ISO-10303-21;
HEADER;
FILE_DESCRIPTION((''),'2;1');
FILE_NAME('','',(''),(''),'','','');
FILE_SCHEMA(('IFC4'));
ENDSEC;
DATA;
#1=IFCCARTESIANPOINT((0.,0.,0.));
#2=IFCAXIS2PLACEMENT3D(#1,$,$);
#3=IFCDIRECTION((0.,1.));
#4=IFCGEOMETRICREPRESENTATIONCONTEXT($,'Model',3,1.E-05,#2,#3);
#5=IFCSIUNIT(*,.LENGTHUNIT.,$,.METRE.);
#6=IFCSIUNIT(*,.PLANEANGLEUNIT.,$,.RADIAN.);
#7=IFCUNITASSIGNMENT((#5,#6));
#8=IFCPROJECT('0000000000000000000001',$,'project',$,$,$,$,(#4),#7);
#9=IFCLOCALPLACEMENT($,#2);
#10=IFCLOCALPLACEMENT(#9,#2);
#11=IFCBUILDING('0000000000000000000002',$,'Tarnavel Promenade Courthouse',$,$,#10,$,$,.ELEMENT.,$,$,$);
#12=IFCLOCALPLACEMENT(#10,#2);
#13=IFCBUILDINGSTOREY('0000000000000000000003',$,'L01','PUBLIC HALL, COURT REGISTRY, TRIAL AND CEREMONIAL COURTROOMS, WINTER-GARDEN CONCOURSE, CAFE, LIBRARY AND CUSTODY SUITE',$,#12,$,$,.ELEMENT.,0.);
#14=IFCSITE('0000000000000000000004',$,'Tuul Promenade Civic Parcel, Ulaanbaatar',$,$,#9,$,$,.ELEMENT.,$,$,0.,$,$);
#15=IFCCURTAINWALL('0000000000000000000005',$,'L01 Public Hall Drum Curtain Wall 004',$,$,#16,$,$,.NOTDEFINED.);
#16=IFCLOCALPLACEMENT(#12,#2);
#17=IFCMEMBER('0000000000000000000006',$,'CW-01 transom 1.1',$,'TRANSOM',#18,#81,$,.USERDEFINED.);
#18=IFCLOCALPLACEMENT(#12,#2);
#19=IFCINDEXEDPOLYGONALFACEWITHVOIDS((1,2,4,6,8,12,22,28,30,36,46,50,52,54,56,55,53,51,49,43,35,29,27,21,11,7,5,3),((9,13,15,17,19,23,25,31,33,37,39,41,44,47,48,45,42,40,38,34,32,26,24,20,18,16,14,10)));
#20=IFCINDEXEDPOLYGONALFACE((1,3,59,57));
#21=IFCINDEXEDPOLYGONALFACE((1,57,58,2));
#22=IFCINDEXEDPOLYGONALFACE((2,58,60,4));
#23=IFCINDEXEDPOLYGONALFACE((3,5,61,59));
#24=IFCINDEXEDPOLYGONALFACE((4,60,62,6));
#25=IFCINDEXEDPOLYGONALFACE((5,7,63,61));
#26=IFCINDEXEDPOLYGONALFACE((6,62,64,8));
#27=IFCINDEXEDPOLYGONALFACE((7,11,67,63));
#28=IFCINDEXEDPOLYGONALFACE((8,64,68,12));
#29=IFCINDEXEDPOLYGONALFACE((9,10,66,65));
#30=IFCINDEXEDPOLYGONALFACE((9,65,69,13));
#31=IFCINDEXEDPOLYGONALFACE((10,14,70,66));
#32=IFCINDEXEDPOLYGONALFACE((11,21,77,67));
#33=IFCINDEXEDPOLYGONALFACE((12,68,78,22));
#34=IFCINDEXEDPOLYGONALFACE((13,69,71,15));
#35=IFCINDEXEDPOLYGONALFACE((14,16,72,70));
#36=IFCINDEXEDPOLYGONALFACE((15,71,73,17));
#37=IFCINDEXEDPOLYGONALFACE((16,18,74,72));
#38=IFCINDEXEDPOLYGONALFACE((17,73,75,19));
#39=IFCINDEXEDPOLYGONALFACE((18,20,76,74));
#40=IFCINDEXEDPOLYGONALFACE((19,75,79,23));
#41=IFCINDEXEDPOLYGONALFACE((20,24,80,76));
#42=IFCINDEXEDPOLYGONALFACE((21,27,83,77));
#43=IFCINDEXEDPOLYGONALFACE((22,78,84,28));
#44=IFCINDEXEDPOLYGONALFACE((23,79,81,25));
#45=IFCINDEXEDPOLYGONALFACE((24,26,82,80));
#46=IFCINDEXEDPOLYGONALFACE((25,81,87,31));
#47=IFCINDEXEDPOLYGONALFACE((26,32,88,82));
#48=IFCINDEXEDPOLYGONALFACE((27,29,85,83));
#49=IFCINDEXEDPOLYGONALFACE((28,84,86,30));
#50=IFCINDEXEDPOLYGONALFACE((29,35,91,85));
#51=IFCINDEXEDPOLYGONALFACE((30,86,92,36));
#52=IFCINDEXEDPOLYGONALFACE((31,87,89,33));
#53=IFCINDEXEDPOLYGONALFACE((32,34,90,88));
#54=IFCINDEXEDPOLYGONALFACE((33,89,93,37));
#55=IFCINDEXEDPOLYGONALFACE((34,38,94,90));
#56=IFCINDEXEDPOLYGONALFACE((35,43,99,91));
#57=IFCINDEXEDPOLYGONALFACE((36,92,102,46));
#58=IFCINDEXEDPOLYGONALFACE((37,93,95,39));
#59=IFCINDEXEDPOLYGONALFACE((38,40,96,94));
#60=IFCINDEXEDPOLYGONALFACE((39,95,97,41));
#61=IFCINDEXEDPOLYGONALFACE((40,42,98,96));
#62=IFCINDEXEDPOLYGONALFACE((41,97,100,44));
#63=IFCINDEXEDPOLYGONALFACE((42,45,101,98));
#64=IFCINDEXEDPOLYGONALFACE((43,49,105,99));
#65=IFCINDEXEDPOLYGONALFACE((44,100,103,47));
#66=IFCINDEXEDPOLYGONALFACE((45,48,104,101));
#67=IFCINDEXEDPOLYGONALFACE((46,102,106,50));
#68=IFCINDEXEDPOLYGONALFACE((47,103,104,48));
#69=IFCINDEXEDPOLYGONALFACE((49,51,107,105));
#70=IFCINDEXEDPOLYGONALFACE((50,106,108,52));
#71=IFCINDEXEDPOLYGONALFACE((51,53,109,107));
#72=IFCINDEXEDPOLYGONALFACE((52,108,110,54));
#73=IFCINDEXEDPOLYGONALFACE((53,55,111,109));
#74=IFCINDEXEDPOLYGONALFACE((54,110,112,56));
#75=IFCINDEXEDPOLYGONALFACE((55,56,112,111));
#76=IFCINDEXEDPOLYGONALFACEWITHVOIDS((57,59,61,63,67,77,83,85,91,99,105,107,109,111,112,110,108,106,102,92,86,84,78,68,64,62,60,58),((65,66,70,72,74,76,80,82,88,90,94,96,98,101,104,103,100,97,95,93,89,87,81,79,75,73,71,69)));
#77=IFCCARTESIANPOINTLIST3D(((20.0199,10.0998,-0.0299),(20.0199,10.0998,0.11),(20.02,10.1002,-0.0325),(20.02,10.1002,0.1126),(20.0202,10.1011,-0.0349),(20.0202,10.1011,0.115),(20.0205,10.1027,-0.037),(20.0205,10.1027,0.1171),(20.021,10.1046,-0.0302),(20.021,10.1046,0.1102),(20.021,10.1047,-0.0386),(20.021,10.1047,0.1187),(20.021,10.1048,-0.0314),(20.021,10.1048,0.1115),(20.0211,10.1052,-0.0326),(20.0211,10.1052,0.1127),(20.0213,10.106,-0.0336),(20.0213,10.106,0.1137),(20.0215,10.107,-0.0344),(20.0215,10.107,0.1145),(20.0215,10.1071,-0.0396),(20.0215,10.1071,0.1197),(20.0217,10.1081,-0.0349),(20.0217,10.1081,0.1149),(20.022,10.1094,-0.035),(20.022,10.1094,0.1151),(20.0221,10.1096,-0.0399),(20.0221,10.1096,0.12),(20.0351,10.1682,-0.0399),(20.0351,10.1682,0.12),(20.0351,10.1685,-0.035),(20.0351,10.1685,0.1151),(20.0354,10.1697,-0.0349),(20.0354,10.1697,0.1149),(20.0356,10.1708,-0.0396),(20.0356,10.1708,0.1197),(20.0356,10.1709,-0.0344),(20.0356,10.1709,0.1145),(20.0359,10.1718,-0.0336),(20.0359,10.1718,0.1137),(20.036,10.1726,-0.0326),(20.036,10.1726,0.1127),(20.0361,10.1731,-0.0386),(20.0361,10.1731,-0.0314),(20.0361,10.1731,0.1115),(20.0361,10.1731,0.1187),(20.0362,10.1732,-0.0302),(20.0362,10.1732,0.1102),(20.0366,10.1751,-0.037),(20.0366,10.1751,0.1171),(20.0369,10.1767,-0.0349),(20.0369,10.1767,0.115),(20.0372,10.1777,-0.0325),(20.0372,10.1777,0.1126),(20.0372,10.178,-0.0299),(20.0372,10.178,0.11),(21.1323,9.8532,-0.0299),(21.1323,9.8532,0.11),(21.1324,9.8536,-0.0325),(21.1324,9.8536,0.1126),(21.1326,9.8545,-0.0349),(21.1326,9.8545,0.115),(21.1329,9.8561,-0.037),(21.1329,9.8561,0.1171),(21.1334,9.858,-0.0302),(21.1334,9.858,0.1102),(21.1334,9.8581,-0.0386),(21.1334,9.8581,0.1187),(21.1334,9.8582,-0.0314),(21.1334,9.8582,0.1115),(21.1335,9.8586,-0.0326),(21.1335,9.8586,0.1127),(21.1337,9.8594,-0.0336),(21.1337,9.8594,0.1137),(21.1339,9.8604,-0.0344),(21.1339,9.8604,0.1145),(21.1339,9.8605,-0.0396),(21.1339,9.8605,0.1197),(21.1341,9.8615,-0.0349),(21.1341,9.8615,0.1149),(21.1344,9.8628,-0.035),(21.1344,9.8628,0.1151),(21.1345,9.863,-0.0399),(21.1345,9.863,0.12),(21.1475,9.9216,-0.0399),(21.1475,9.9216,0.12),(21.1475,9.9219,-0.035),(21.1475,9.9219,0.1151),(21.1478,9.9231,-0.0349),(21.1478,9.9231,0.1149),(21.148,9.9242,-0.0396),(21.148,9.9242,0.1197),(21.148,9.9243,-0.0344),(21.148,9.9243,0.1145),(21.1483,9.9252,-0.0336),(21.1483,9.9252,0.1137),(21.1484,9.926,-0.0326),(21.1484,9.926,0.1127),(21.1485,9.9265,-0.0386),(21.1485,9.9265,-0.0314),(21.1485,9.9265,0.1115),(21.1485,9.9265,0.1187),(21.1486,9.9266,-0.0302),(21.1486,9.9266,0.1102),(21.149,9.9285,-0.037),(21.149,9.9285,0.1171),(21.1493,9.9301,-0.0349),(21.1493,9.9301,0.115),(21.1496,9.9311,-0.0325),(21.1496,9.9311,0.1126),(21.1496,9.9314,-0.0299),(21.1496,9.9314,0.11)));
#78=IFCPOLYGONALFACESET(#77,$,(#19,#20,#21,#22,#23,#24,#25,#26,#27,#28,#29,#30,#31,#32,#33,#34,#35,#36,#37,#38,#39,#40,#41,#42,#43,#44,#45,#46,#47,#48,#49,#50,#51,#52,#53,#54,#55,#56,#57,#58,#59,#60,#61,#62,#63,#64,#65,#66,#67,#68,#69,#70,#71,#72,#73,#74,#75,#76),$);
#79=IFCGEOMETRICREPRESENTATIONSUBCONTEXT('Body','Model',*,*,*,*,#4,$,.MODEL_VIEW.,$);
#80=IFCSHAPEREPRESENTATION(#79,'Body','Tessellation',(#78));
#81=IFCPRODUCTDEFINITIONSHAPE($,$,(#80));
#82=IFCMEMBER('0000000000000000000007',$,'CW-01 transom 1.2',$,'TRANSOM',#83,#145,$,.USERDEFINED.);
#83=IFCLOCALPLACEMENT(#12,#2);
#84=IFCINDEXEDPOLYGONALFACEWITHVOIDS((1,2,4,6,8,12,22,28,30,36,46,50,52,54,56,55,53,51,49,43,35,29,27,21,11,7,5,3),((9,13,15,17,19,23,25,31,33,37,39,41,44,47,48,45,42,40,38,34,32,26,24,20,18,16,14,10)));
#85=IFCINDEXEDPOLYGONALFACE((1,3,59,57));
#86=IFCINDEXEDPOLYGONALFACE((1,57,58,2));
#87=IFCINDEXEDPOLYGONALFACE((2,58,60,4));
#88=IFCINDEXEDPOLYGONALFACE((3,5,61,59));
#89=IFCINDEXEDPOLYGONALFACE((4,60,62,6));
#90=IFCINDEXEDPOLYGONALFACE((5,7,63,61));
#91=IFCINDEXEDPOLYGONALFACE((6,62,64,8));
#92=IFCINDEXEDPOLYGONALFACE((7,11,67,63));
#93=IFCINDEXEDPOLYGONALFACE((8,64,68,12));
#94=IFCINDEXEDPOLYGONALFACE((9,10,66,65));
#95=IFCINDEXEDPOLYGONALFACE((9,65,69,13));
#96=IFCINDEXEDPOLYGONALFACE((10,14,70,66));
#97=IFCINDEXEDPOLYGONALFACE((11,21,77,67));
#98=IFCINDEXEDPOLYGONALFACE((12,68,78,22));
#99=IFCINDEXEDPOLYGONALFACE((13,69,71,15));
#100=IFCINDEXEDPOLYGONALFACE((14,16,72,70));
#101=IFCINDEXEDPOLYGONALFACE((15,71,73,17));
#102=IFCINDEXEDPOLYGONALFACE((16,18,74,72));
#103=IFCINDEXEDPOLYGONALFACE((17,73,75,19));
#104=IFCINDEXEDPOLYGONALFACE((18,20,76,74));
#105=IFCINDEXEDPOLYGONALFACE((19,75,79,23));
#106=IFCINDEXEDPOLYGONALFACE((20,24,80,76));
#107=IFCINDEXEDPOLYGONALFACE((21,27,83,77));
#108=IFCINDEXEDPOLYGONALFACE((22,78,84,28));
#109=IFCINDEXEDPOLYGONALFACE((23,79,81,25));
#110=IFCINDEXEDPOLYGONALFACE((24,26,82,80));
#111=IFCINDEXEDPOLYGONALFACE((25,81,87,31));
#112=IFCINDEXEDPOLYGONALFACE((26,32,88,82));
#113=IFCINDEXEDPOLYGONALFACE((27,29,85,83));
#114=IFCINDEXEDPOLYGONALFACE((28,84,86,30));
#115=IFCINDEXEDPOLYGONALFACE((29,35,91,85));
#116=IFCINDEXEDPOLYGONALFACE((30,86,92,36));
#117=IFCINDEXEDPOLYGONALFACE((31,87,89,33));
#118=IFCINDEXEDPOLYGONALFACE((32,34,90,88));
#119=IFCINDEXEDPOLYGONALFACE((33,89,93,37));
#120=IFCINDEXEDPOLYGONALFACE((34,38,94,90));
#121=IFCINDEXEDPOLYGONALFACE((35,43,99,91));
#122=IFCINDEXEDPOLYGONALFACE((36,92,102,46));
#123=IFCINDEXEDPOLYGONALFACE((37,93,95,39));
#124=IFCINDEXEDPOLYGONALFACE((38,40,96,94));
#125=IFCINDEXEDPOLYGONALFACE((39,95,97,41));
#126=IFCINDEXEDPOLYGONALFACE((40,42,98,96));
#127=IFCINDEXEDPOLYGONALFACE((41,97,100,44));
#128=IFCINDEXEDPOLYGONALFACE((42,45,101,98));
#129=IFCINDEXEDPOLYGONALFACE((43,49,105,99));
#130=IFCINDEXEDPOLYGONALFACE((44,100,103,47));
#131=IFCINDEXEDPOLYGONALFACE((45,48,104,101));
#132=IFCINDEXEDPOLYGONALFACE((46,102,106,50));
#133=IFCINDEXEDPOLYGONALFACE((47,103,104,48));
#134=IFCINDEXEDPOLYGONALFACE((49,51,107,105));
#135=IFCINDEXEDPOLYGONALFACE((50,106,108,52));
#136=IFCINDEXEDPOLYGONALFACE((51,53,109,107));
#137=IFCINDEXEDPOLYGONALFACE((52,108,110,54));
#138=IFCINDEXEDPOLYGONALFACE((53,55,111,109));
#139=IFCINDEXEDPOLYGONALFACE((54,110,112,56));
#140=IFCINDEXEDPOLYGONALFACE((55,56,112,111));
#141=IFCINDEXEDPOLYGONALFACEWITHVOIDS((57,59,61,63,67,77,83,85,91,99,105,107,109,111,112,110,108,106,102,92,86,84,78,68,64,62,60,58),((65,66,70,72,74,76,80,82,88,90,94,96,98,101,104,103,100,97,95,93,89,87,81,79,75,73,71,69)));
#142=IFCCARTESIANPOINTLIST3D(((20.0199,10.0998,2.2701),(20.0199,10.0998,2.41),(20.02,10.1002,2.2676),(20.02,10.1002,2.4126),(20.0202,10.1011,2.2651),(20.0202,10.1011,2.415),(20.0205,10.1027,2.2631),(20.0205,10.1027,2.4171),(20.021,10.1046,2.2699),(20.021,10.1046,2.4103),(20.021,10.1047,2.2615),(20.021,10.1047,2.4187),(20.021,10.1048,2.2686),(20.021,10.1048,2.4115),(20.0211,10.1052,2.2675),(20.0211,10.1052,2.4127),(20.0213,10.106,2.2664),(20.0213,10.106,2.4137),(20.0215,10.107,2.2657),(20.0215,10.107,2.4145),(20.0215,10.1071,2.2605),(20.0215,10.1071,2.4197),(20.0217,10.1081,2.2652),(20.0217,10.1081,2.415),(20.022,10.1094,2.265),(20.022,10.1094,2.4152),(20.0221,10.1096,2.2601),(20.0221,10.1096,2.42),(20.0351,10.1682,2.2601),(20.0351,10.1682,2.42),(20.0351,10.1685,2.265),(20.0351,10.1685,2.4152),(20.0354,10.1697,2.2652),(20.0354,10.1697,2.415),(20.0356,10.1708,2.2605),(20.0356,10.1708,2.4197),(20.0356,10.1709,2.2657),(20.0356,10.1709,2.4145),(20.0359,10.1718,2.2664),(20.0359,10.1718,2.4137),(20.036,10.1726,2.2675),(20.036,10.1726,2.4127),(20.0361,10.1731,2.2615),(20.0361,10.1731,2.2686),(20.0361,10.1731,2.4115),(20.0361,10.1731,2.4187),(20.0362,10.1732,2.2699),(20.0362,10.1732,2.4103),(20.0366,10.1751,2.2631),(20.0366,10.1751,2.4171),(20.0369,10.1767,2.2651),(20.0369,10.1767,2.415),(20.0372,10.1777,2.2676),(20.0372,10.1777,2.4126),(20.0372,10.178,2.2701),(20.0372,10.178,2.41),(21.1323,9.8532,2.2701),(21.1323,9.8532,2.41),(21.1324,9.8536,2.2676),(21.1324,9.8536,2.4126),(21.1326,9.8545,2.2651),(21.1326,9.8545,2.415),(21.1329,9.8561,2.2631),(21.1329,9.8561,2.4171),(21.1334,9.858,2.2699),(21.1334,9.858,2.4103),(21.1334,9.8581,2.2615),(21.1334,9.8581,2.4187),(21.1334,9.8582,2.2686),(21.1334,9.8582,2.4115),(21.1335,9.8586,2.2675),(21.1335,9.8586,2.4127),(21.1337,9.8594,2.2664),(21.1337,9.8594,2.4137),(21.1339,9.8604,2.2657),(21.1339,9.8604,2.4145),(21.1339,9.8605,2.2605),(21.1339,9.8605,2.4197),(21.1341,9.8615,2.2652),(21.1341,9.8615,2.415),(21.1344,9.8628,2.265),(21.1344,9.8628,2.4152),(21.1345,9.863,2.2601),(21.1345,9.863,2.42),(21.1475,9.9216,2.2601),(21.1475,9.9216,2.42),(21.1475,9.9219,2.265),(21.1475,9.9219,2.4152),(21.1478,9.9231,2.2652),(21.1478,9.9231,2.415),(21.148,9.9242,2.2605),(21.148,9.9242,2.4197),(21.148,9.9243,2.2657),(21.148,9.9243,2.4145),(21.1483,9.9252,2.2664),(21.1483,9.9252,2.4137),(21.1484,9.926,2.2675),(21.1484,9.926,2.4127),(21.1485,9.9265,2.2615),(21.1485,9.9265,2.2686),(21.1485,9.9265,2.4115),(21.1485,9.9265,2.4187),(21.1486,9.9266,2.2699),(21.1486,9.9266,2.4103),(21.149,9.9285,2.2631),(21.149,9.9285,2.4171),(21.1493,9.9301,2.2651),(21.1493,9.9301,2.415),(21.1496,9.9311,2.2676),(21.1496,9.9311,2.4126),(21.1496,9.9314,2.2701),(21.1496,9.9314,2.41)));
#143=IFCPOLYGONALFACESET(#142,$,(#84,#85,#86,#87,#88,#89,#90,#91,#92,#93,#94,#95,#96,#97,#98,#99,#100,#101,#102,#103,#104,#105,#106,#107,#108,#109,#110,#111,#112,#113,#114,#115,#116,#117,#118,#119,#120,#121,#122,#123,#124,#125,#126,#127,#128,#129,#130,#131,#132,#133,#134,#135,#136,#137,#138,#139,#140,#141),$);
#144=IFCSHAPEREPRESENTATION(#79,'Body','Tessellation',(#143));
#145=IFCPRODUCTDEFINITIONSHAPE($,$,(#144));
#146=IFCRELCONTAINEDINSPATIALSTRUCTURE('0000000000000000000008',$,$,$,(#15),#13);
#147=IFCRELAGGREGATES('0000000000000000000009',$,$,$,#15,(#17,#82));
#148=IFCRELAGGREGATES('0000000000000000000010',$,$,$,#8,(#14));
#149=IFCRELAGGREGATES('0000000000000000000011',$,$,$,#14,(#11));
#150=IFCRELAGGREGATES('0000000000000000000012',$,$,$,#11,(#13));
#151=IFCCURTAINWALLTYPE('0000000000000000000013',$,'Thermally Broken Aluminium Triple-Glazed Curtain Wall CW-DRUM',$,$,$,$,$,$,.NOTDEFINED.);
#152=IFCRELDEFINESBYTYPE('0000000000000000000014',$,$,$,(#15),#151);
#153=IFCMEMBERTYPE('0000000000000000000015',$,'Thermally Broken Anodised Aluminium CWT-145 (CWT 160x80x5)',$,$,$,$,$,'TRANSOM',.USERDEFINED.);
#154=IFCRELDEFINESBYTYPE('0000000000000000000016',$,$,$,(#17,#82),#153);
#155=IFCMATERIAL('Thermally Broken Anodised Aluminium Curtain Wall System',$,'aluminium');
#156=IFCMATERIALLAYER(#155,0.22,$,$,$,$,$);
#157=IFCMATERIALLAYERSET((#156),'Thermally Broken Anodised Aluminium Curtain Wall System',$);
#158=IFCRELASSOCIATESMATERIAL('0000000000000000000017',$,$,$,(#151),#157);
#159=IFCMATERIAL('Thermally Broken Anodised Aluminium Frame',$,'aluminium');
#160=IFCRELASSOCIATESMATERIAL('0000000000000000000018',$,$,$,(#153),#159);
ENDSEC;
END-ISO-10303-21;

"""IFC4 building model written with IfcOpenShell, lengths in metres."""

from ifc_helpers import new_model, si_unit, direction, frame, origin, origin_2d, place, context, subcontext, project, spatial, hollow_rectangle, extrude, material, layer, layer_set, material_profile, profile_set, type_object, element, aggregate, save


model = new_model("IFC4")

# Units and contexts
model_context = context("Model", 3, precision=1e-05, world=origin(), true_north=direction((0.0, 1.0)))
body_context = subcontext(model_context, "Body", "Model", "MODEL_VIEW")
ifc_project = project(units=[si_unit("LENGTHUNIT", "METRE"), si_unit("PLANEANGLEUNIT", "RADIAN")], contexts=[model_context])

# Site, building, storey
site_placement = place(None, origin())
site = spatial("IfcSite", under=ifc_project, at=site_placement, Name="Tuul Promenade Civic Parcel, Ulaanbaatar", CompositionType="ELEMENT", RefElevation=0.0)
building_placement = place(site_placement, origin())
building = spatial("IfcBuilding", under=site, at=building_placement, Name="Tarnavel Promenade Courthouse", CompositionType="ELEMENT")
storey_placement = place(building_placement, origin())
storey = spatial("IfcBuildingStorey", under=building, at=storey_placement, Name="L01", Description="PUBLIC HALL, COURT REGISTRY, TRIAL AND CEREMONIAL COURTROOMS, WINTER-GARDEN CONCOURSE, CAFE, LIBRARY AND CUSTODY SUITE", CompositionType="ELEMENT", Elevation=0.0)

# Curtain wall, members
ifc_material_1 = material(Name="Thermally Broken Anodised Aluminium Curtain Wall System", Category="aluminium")
ifc_layer_1 = layer(ifc_material_1, 0.22)
ifc_layer_set_1 = layer_set([ifc_layer_1], Name="Thermally Broken Anodised Aluminium Curtain Wall System")
curtain_wall_type = type_object("IfcCurtainWallType", Name="Thermally Broken Aluminium Triple-Glazed Curtain Wall CW-DRUM", PredefinedType="NOTDEFINED", material=ifc_layer_set_1)
curtain_wall_placement = place(storey_placement, origin())
curtain_wall = element("IfcCurtainWall", 1, at=curtain_wall_placement, inside=storey, type_object=curtain_wall_type, Name="L01 Public Hall Drum Curtain Wall 004", PredefinedType="NOTDEFINED")
ifc_material_2 = material(Name="Thermally Broken Anodised Aluminium Frame", Category="aluminium")
ifc_material_profile_1 = material_profile(ifc_material_2, hollow_rectangle(XDim=0.0801, YDim=0.1599, WallThickness=0.0049, InnerFilletRadius=0.0049, OuterFilletRadius=0.01, at=origin_2d()), Name="CWT 160x80x5")
ifc_profile_set_1 = profile_set([ifc_material_profile_1], Name="Thermally Broken Anodised Aluminium Frame")
member_type_1 = type_object("IfcMemberType", Name="Thermally Broken Anodised Aluminium CWT-145 (CWT 160x80x5)", ElementType="TRANSOM", PredefinedType="USERDEFINED", material=ifc_profile_set_1)
member_1_placement = place(storey_placement, frame((20.0286, 10.1389, 0.04), z_axis=(0.976298, -0.216431, 0.0), x_axis=(0.216431, 0.976298, 0.0)))
member_1 = element("IfcMember", 2, at=member_1_placement, type_object=member_type_1, Name="CW-01 transom 1.1", ObjectType="TRANSOM", PredefinedType="USERDEFINED", context=body_context, shape_type="SweptSolid", body=[
    extrude(hollow_rectangle(XDim=0.0801, YDim=0.1599, WallThickness=0.0049, InnerFilletRadius=0.0049, OuterFilletRadius=0.01, at=origin_2d()), origin(), (0.0, 0.0, 1.0), 1.1394),
])
member_2_placement = place(storey_placement, frame((20.0286, 10.1389, 2.3401), z_axis=(0.976298, -0.216431, 0.0), x_axis=(0.216431, 0.976298, 0.0)))
member_2 = element("IfcMember", 3, at=member_2_placement, type_object=member_type_1, Name="CW-01 transom 1.2", ObjectType="TRANSOM", PredefinedType="USERDEFINED", context=body_context, shape_type="SweptSolid", body=[
    extrude(hollow_rectangle(XDim=0.0801, YDim=0.1599, WallThickness=0.0049, InnerFilletRadius=0.0049, OuterFilletRadius=0.01, at=origin_2d()), origin(), (0.0, 0.0, 1.0), 1.1394),
])
aggregate(curtain_wall, [member_1, member_2])

save(model, "model.ifc")
